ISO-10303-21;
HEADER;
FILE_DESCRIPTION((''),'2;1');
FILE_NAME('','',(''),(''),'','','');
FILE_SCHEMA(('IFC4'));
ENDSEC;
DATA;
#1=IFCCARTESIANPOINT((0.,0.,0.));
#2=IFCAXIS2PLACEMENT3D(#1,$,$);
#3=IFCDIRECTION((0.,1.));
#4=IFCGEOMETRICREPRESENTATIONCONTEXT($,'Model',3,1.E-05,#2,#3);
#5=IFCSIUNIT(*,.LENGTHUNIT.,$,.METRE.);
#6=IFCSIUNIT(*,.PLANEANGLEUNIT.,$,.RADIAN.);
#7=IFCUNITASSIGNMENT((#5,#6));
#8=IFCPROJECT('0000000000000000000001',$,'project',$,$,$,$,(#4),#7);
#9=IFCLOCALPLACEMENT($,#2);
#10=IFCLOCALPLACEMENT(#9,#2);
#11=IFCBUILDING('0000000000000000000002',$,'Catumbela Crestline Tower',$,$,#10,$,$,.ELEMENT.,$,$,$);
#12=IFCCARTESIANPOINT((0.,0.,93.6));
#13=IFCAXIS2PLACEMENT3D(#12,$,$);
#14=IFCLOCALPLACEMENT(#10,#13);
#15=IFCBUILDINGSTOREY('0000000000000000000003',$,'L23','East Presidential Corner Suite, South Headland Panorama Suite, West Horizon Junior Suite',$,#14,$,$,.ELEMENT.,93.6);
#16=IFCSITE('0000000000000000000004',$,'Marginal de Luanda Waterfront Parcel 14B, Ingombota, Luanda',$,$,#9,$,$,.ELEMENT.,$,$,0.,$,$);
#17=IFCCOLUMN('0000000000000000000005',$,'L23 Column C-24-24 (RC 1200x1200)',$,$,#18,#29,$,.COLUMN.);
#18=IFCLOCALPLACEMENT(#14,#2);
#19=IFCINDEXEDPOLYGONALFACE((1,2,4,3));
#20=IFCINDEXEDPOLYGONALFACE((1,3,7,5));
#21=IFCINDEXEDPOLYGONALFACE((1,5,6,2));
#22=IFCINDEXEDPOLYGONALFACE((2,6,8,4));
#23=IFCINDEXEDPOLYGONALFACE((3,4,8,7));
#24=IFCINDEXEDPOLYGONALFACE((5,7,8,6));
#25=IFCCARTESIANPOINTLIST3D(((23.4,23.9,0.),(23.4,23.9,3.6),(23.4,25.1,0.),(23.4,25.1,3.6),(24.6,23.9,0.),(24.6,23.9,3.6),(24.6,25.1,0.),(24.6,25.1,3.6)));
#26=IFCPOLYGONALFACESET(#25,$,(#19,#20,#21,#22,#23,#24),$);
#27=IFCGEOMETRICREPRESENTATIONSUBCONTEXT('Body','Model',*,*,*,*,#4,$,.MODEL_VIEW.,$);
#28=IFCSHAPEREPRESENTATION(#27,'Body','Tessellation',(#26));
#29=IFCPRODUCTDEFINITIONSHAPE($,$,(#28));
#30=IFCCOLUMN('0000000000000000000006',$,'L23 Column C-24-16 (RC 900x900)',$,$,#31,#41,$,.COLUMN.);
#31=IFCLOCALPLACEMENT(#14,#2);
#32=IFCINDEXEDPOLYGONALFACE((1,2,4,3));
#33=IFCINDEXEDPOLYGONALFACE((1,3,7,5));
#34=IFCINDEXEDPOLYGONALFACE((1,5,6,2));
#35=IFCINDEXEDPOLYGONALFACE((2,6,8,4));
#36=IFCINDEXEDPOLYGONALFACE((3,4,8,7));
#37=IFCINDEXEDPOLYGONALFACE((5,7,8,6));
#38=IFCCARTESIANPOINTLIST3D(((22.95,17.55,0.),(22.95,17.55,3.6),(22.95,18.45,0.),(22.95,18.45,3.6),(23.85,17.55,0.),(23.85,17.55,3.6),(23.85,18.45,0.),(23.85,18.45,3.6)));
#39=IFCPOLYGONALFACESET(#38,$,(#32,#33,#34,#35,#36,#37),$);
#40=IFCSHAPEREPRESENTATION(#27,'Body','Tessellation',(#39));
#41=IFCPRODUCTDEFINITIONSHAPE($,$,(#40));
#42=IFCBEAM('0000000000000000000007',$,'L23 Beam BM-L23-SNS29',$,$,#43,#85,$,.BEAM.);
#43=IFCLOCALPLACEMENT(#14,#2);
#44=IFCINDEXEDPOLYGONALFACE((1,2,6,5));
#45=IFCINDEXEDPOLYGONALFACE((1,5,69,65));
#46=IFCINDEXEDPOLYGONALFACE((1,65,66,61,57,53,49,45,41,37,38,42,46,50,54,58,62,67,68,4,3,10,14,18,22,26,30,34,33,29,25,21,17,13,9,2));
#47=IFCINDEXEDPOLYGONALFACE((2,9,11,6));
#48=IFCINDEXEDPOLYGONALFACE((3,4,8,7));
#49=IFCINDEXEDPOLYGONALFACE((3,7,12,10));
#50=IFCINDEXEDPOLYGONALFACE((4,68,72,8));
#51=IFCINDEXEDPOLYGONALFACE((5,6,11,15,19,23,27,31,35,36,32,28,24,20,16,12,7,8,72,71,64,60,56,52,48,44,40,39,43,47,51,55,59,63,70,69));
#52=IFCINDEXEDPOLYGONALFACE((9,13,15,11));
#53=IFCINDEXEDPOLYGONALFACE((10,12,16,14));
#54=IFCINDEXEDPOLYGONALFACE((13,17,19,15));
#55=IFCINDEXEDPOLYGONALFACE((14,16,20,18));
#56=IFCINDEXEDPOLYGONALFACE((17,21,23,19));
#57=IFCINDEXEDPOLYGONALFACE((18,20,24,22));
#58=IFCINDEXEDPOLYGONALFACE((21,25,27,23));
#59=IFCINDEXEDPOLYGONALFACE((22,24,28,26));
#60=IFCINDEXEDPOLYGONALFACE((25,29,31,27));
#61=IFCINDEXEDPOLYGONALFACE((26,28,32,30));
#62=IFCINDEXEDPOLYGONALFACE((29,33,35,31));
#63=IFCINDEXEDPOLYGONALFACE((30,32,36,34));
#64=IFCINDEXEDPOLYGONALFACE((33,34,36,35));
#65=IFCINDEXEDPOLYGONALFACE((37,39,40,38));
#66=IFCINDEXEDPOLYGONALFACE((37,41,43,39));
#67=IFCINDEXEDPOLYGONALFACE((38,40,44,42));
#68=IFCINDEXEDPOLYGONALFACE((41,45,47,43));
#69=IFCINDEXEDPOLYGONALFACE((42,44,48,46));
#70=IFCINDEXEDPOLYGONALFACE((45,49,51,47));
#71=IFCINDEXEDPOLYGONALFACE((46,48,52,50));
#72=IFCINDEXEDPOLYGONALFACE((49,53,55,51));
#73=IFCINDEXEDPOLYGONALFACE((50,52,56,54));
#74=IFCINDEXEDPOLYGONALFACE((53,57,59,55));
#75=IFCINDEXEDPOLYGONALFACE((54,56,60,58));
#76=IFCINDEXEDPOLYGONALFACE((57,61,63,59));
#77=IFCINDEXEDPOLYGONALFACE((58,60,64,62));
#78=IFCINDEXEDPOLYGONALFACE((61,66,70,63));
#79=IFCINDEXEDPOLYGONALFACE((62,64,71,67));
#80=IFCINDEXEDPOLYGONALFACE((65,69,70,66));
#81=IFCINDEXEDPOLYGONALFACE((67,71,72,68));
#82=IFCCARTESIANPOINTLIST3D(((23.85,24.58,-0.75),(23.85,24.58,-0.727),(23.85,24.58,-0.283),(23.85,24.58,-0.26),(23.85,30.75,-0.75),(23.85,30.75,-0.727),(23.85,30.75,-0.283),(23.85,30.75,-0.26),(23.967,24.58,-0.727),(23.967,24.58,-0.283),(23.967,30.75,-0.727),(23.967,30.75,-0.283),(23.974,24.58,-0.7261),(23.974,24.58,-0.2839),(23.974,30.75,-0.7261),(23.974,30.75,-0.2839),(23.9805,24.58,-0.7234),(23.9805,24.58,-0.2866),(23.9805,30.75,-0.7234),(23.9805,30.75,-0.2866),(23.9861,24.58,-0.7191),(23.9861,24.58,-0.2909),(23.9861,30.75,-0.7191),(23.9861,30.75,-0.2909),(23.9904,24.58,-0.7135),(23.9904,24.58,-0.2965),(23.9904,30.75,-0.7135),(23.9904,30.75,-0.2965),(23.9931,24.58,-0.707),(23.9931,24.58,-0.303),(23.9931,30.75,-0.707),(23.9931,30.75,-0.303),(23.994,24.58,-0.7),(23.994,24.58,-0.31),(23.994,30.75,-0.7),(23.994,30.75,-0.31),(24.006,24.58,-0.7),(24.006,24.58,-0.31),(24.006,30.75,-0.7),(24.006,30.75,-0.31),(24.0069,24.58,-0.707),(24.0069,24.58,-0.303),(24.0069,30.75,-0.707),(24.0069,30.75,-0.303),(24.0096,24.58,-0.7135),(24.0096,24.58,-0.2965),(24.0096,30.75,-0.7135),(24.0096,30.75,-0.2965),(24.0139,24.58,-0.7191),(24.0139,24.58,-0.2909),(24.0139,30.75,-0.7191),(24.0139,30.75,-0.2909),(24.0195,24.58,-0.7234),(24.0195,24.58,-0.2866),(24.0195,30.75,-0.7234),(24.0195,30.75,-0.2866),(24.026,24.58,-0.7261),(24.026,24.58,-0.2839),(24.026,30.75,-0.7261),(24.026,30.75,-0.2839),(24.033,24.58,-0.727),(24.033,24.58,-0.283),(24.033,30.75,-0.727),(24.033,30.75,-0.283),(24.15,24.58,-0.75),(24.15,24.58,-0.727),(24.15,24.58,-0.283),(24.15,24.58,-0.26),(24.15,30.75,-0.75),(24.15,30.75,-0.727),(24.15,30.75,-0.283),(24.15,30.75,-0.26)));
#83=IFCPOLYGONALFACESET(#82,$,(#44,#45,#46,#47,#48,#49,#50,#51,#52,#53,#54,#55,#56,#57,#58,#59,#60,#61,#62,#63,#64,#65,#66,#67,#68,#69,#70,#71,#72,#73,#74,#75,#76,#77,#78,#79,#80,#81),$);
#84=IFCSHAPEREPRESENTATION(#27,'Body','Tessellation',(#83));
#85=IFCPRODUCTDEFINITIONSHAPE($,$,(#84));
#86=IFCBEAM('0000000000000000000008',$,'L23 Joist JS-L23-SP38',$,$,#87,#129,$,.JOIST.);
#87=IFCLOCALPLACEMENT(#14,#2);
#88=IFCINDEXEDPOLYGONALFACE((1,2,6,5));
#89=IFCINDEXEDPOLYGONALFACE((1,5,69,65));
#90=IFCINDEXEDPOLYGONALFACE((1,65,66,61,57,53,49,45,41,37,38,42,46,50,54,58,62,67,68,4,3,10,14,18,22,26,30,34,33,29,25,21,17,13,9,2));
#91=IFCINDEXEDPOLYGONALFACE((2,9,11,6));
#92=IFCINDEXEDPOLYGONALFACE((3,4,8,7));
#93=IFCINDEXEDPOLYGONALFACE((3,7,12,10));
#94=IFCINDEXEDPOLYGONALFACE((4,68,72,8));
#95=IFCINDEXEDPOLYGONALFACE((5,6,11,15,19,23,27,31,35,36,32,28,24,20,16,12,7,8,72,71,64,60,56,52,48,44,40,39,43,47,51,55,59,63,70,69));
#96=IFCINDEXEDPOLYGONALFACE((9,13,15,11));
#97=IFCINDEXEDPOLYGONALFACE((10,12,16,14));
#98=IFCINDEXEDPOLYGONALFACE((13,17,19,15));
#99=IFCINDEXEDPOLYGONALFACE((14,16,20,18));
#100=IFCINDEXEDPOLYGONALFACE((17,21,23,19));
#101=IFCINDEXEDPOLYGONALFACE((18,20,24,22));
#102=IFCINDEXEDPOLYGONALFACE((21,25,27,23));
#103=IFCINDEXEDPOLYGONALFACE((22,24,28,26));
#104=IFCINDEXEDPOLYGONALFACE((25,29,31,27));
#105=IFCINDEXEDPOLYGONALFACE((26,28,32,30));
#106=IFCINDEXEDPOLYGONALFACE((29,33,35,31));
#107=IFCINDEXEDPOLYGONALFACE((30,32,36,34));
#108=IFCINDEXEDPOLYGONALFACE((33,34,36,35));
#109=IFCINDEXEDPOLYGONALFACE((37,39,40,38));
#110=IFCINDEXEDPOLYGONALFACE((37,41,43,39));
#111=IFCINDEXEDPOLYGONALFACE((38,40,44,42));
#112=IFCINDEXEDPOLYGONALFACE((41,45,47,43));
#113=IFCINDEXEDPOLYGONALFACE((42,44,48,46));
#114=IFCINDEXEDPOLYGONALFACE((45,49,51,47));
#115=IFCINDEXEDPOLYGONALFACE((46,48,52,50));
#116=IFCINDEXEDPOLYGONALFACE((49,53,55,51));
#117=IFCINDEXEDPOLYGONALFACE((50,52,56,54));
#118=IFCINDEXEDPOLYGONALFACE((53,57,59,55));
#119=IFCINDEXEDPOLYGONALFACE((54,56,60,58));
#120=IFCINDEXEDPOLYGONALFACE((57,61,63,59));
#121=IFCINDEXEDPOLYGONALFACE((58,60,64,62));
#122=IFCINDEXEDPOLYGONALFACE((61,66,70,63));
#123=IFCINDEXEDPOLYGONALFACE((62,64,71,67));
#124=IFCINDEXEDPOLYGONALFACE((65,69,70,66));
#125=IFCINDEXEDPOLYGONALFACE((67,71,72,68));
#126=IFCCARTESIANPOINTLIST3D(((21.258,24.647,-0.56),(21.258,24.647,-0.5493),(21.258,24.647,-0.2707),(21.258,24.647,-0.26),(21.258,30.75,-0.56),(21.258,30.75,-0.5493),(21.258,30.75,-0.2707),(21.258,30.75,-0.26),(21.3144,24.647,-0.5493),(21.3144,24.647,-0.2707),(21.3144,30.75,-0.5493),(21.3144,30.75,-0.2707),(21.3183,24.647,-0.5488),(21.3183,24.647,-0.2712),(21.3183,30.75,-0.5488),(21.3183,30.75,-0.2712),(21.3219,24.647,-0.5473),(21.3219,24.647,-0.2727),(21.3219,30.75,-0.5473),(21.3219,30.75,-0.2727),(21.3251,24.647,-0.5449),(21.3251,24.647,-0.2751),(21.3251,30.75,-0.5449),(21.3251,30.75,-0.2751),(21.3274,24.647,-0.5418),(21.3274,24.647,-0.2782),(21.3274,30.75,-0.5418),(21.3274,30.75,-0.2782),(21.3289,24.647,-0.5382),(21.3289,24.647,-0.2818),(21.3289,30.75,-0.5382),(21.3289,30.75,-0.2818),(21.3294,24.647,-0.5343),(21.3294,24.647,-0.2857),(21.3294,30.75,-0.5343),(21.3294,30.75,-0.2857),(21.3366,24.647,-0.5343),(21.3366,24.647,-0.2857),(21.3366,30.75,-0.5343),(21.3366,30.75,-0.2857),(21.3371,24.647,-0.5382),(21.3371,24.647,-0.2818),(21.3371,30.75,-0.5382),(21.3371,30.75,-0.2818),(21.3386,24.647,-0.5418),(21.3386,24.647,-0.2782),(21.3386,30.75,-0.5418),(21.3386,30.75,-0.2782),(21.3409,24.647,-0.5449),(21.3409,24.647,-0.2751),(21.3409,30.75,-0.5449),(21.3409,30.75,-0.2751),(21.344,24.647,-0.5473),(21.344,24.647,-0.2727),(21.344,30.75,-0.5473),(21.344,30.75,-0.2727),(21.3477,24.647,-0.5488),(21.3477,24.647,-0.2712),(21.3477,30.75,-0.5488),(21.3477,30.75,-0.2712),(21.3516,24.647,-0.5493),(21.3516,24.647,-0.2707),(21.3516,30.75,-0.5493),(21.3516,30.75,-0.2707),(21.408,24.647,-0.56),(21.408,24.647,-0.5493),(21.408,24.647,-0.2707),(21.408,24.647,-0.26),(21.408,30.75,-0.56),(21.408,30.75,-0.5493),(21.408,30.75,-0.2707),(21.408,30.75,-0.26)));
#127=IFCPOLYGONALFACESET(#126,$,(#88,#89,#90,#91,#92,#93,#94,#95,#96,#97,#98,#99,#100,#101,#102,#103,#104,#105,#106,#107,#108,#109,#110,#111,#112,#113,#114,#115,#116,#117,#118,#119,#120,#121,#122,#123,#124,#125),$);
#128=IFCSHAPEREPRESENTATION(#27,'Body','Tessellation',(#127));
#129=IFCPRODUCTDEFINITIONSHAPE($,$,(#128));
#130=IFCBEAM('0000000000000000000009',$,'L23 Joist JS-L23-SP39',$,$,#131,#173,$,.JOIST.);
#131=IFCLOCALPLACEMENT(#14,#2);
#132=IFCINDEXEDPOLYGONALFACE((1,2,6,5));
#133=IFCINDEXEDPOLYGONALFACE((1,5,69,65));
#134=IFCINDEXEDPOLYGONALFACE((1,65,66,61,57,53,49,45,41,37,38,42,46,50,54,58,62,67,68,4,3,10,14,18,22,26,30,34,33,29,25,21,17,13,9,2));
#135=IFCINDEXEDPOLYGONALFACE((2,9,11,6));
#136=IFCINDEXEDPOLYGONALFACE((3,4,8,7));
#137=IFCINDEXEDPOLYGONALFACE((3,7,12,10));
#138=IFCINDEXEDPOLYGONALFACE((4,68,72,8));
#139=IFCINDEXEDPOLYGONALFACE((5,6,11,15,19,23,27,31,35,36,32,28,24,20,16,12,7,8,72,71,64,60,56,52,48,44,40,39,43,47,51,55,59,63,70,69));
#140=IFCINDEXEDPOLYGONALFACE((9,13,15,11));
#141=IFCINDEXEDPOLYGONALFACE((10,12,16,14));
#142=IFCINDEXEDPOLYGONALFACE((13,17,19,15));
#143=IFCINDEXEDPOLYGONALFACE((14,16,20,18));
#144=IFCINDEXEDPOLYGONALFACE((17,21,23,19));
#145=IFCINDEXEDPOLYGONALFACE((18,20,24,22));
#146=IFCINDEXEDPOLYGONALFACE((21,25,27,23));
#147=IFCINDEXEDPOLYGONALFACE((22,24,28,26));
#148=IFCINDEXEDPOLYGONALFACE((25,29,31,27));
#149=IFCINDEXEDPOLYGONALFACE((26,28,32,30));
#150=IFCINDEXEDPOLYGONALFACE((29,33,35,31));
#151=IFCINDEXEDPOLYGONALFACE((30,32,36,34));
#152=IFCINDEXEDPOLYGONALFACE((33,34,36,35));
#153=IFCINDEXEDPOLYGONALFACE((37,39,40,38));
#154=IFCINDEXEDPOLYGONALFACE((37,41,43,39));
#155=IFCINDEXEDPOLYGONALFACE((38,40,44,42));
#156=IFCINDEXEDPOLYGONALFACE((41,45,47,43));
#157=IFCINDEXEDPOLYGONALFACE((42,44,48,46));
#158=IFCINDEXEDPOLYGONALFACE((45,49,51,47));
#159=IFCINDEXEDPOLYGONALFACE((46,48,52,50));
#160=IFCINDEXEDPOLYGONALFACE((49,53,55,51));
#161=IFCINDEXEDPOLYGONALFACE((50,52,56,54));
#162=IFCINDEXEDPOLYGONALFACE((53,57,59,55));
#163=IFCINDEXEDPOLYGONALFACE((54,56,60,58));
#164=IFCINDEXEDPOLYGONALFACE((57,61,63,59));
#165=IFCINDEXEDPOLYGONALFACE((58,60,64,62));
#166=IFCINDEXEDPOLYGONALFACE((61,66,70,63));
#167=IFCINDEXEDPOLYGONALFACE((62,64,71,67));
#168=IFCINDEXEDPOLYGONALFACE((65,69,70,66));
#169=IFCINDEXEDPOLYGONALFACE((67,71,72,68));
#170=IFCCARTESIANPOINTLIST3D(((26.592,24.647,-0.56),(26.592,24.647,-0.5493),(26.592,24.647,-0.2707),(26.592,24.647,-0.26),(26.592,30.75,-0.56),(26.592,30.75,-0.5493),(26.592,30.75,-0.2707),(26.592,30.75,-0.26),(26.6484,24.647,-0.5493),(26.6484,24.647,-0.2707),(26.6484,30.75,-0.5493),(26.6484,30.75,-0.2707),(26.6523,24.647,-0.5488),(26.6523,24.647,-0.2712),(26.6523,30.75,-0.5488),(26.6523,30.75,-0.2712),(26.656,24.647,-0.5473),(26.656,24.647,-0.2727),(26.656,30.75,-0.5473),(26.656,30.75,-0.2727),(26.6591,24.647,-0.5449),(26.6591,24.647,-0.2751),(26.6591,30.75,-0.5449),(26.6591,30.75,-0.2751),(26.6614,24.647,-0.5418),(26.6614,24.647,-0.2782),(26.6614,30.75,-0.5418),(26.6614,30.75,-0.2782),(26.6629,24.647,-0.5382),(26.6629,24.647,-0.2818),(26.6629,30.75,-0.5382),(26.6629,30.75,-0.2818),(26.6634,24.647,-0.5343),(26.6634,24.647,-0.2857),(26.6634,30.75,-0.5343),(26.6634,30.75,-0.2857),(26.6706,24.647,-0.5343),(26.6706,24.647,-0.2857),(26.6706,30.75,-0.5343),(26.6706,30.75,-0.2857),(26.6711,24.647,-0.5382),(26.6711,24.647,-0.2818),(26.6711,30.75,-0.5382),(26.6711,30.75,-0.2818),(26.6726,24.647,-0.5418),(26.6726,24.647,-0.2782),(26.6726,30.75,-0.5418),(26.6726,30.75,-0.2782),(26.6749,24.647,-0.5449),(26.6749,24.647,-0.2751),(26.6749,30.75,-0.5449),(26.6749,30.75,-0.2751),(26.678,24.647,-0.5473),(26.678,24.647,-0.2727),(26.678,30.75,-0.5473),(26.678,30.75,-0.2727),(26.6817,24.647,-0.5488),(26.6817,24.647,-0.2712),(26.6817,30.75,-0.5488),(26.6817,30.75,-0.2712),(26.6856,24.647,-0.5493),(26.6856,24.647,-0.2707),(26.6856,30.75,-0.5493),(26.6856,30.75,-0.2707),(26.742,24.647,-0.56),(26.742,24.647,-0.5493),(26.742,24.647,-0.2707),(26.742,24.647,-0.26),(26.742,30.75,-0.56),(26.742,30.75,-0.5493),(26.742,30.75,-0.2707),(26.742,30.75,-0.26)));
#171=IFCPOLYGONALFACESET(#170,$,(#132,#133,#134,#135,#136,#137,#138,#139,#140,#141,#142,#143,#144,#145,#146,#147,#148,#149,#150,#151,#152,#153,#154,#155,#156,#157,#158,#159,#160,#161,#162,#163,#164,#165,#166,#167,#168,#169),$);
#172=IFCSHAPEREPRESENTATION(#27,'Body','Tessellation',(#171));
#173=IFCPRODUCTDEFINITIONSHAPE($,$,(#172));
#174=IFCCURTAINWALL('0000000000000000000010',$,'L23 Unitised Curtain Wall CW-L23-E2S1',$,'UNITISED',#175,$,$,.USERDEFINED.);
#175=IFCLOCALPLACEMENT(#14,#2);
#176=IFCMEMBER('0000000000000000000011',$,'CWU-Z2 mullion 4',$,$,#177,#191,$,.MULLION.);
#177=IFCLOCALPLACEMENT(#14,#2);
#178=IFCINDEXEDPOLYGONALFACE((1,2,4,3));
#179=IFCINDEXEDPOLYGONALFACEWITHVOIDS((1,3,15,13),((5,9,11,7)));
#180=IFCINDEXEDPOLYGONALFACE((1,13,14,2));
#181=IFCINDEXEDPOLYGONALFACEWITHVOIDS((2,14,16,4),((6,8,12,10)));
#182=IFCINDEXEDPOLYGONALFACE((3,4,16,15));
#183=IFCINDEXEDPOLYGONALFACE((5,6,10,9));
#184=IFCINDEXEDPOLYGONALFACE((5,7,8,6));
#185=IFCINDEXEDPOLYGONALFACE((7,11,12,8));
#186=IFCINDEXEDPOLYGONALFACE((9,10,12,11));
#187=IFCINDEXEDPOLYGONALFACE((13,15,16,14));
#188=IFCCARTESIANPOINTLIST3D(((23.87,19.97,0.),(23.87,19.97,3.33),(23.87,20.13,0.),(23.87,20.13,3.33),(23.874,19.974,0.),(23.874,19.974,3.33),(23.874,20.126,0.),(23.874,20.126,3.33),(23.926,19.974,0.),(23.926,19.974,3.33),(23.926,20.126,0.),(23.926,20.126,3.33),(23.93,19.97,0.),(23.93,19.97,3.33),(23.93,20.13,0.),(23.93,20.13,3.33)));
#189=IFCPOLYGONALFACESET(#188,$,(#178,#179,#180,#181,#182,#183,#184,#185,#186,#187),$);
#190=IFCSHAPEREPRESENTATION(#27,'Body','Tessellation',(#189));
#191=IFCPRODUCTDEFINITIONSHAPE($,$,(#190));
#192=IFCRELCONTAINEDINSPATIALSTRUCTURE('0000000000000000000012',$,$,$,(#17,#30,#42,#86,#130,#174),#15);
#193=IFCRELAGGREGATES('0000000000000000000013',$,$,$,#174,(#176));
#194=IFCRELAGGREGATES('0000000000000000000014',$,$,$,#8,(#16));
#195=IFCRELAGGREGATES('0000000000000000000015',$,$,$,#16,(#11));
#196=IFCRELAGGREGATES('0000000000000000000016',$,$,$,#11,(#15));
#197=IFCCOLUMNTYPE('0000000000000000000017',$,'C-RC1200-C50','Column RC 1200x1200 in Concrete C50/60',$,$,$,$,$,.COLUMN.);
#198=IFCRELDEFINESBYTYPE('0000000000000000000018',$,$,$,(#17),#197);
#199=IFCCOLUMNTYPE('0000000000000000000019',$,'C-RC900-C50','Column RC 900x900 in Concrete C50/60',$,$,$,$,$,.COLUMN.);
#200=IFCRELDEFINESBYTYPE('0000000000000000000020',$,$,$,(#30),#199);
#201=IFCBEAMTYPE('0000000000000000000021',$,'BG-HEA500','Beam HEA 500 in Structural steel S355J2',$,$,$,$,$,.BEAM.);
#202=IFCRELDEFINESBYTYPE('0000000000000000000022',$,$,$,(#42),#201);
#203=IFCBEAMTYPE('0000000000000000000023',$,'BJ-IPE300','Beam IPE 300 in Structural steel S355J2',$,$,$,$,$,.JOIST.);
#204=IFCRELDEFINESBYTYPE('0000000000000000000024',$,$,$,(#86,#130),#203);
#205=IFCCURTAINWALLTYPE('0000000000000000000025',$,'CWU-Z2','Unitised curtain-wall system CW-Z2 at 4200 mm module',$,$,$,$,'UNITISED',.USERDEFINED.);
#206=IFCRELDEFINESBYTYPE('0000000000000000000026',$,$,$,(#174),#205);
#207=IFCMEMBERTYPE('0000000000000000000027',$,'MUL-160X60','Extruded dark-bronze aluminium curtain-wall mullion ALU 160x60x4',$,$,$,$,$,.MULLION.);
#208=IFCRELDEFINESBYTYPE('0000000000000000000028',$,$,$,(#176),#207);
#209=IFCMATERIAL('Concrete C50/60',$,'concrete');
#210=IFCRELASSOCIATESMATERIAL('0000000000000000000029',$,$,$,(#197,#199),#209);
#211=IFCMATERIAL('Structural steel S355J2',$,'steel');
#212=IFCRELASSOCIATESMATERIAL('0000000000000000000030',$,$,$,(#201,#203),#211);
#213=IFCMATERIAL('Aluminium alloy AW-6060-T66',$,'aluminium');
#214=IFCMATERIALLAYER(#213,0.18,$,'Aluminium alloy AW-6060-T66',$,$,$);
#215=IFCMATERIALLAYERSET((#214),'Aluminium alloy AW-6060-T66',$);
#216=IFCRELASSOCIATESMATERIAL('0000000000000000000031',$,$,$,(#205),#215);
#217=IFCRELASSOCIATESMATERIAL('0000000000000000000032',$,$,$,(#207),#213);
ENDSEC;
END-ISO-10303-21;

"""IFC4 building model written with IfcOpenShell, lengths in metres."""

from ifc_helpers import new_model, si_unit, direction, frame, origin, origin_2d, place, context, subcontext, project, spatial, rectangle, hollow_rectangle, i_section, extrude, material, layer, layer_set, material_profile, profile_set, type_object, element, aggregate, save


model = new_model("IFC4")

# Units and contexts
model_context = context("Model", 3, precision=1e-05, world=origin(), true_north=direction((0.0, 1.0)))
body_context = subcontext(model_context, "Body", "Model", "MODEL_VIEW")
ifc_project = project(units=[si_unit("LENGTHUNIT", "METRE"), si_unit("PLANEANGLEUNIT", "RADIAN")], contexts=[model_context])

# Site, building, storey
site_placement = place(None, origin())
site = spatial("IfcSite", under=ifc_project, at=site_placement, Name="Marginal de Luanda Waterfront Parcel 14B, Ingombota, Luanda", CompositionType="ELEMENT", RefElevation=0.0)
building_placement = place(site_placement, origin())
building = spatial("IfcBuilding", under=site, at=building_placement, Name="Catumbela Crestline Tower", CompositionType="ELEMENT")
storey_placement = place(building_placement, frame((0.0, 0.0, 93.6)))
storey = spatial("IfcBuildingStorey", under=building, at=storey_placement, Name="L23", Description="East Presidential Corner Suite, South Headland Panorama Suite, West Horizon Junior Suite", CompositionType="ELEMENT", Elevation=93.6)

# Columns
ifc_material_1 = material(Name="Concrete C50/60", Category="concrete")
ifc_material_profile_1 = material_profile(ifc_material_1, rectangle(XDim=1.2, YDim=1.2, at=origin_2d()), Name="RC 1200x1200")
ifc_profile_set_1 = profile_set([ifc_material_profile_1], Name="Concrete C50/60")
column_type_1 = type_object("IfcColumnType", Name="C-RC1200-C50", Description="Column RC 1200x1200 in Concrete C50/60", PredefinedType="COLUMN", material=ifc_profile_set_1)
column_1_placement = place(storey_placement, frame((24.0, 24.5, 0.0), z_axis=(0.0, 0.0, 1.0), x_axis=(1.0, 0.0, 0.0)))
element("IfcColumn", 1, at=column_1_placement, inside=storey, type_object=column_type_1, Name="L23 Column C-24-24 (RC 1200x1200)", PredefinedType="COLUMN", context=body_context, shape_type="SweptSolid", body=[
    extrude(rectangle(XDim=1.2, YDim=1.2, at=origin_2d()), origin(), (0.0, 0.0, 1.0), 3.6),
])
ifc_material_profile_2 = material_profile(ifc_material_1, rectangle(XDim=0.9, YDim=0.9, at=origin_2d()), Name="RC 900x900")
ifc_profile_set_2 = profile_set([ifc_material_profile_2], Name="Concrete C50/60")
column_type_2 = type_object("IfcColumnType", Name="C-RC900-C50", Description="Column RC 900x900 in Concrete C50/60", PredefinedType="COLUMN", material=ifc_profile_set_2)
column_2_placement = place(storey_placement, frame((23.4, 18.0, 0.0), z_axis=(0.0, 0.0, 1.0), x_axis=(1.0, 0.0, 0.0)))
element("IfcColumn", 2, at=column_2_placement, inside=storey, type_object=column_type_2, Name="L23 Column C-24-16 (RC 900x900)", PredefinedType="COLUMN", context=body_context, shape_type="SweptSolid", body=[
    extrude(rectangle(XDim=0.9, YDim=0.9, at=origin_2d()), origin(), (0.0, 0.0, 1.0), 3.6),
])

# Beams
ifc_material_2 = material(Name="Structural steel S355J2", Category="steel")
ifc_material_profile_3 = material_profile(ifc_material_2, i_section(OverallWidth=0.3, OverallDepth=0.49, WebThickness=0.012, FlangeThickness=0.023, FilletRadius=0.027, at=origin_2d()), Name="HEA 500")
ifc_profile_set_3 = profile_set([ifc_material_profile_3], Name="Structural steel S355J2")
beam_type_1 = type_object("IfcBeamType", Name="BG-HEA500", Description="Beam HEA 500 in Structural steel S355J2", PredefinedType="BEAM", material=ifc_profile_set_3)
beam_1_placement = place(storey_placement, frame((24.0, 24.58, -0.505), z_axis=(0.0, 1.0, 0.0), x_axis=(-1.0, 0.0, 0.0)))
element("IfcBeam", 3, at=beam_1_placement, inside=storey, type_object=beam_type_1, Name="L23 Beam BM-L23-SNS29", PredefinedType="BEAM", context=body_context, shape_type="SweptSolid", body=[
    extrude(i_section(OverallWidth=0.3, OverallDepth=0.49, WebThickness=0.012, FlangeThickness=0.023, FilletRadius=0.027, at=origin_2d()), origin(), (0.0, 0.0, 1.0), 6.17),
])
ifc_material_profile_4 = material_profile(ifc_material_2, i_section(OverallWidth=0.15, OverallDepth=0.3, WebThickness=0.0071, FlangeThickness=0.0107, FilletRadius=0.015, at=origin_2d()), Name="IPE 300")
ifc_profile_set_4 = profile_set([ifc_material_profile_4], Name="Structural steel S355J2")
beam_type_2 = type_object("IfcBeamType", Name="BJ-IPE300", Description="Beam IPE 300 in Structural steel S355J2", PredefinedType="JOIST", material=ifc_profile_set_4)
for number, where, z_axis, x_axis, name in (
    (4, (21.333, 24.647, -0.41), (0.0, 1.0, 0.0), (-1.0, 0.0, 0.0), "L23 Joist JS-L23-SP38"),
    (5, (26.667, 24.647, -0.41), (0.0, 1.0, 0.0), (-1.0, 0.0, 0.0), "L23 Joist JS-L23-SP39"),
):
    element("IfcBeam", number, at=place(storey_placement, frame(where, z_axis=z_axis, x_axis=x_axis)), inside=storey, type_object=beam_type_2, Name=name, PredefinedType="JOIST", context=body_context, shape_type="SweptSolid", body=[
        extrude(i_section(OverallWidth=0.15, OverallDepth=0.3, WebThickness=0.0071, FlangeThickness=0.0107, FilletRadius=0.015, at=origin_2d()), origin(), (0.0, 0.0, 1.0), 6.103),
    ])

# Curtain wall, member
ifc_material_3 = material(Name="Aluminium alloy AW-6060-T66", Category="aluminium")
ifc_layer_1 = layer(ifc_material_3, 0.18, Name="Aluminium alloy AW-6060-T66")
ifc_layer_set_1 = layer_set([ifc_layer_1], Name="Aluminium alloy AW-6060-T66")
curtain_wall_type = type_object("IfcCurtainWallType", Name="CWU-Z2", Description="Unitised curtain-wall system CW-Z2 at 4200 mm module", ElementType="UNITISED", PredefinedType="USERDEFINED", material=ifc_layer_set_1)
curtain_wall_1_placement = place(storey_placement, origin())
curtain_wall_1 = element("IfcCurtainWall", 6, at=curtain_wall_1_placement, inside=storey, type_object=curtain_wall_type, Name="L23 Unitised Curtain Wall CW-L23-E2S1", ObjectType="UNITISED", PredefinedType="USERDEFINED")
ifc_material_profile_5 = material_profile(ifc_material_3, hollow_rectangle(XDim=0.06, YDim=0.16, WallThickness=0.004, at=origin_2d()), Name="ALU 160x60x4")
ifc_profile_set_5 = profile_set([ifc_material_profile_5], Name="Aluminium alloy AW-6060-T66")
member_type_1 = type_object("IfcMemberType", Name="MUL-160X60", Description="Extruded dark-bronze aluminium curtain-wall mullion ALU 160x60x4", PredefinedType="MULLION", material=ifc_profile_set_5)
member_1_placement = place(storey_placement, frame((23.9, 20.05, 0.0), z_axis=(0.0, 0.0, 1.0), x_axis=(-1.0, 0.0, 0.0)))
member_1 = element("IfcMember", 7, at=member_1_placement, type_object=member_type_1, Name="CWU-Z2 mullion 4", PredefinedType="MULLION", context=body_context, shape_type="SweptSolid", body=[
    extrude(hollow_rectangle(XDim=0.06, YDim=0.16, WallThickness=0.004, at=origin_2d()), origin(), (0.0, 0.0, 1.0), 3.33),
])

aggregate(curtain_wall_1, [member_1])

save(model, "model.ifc")
